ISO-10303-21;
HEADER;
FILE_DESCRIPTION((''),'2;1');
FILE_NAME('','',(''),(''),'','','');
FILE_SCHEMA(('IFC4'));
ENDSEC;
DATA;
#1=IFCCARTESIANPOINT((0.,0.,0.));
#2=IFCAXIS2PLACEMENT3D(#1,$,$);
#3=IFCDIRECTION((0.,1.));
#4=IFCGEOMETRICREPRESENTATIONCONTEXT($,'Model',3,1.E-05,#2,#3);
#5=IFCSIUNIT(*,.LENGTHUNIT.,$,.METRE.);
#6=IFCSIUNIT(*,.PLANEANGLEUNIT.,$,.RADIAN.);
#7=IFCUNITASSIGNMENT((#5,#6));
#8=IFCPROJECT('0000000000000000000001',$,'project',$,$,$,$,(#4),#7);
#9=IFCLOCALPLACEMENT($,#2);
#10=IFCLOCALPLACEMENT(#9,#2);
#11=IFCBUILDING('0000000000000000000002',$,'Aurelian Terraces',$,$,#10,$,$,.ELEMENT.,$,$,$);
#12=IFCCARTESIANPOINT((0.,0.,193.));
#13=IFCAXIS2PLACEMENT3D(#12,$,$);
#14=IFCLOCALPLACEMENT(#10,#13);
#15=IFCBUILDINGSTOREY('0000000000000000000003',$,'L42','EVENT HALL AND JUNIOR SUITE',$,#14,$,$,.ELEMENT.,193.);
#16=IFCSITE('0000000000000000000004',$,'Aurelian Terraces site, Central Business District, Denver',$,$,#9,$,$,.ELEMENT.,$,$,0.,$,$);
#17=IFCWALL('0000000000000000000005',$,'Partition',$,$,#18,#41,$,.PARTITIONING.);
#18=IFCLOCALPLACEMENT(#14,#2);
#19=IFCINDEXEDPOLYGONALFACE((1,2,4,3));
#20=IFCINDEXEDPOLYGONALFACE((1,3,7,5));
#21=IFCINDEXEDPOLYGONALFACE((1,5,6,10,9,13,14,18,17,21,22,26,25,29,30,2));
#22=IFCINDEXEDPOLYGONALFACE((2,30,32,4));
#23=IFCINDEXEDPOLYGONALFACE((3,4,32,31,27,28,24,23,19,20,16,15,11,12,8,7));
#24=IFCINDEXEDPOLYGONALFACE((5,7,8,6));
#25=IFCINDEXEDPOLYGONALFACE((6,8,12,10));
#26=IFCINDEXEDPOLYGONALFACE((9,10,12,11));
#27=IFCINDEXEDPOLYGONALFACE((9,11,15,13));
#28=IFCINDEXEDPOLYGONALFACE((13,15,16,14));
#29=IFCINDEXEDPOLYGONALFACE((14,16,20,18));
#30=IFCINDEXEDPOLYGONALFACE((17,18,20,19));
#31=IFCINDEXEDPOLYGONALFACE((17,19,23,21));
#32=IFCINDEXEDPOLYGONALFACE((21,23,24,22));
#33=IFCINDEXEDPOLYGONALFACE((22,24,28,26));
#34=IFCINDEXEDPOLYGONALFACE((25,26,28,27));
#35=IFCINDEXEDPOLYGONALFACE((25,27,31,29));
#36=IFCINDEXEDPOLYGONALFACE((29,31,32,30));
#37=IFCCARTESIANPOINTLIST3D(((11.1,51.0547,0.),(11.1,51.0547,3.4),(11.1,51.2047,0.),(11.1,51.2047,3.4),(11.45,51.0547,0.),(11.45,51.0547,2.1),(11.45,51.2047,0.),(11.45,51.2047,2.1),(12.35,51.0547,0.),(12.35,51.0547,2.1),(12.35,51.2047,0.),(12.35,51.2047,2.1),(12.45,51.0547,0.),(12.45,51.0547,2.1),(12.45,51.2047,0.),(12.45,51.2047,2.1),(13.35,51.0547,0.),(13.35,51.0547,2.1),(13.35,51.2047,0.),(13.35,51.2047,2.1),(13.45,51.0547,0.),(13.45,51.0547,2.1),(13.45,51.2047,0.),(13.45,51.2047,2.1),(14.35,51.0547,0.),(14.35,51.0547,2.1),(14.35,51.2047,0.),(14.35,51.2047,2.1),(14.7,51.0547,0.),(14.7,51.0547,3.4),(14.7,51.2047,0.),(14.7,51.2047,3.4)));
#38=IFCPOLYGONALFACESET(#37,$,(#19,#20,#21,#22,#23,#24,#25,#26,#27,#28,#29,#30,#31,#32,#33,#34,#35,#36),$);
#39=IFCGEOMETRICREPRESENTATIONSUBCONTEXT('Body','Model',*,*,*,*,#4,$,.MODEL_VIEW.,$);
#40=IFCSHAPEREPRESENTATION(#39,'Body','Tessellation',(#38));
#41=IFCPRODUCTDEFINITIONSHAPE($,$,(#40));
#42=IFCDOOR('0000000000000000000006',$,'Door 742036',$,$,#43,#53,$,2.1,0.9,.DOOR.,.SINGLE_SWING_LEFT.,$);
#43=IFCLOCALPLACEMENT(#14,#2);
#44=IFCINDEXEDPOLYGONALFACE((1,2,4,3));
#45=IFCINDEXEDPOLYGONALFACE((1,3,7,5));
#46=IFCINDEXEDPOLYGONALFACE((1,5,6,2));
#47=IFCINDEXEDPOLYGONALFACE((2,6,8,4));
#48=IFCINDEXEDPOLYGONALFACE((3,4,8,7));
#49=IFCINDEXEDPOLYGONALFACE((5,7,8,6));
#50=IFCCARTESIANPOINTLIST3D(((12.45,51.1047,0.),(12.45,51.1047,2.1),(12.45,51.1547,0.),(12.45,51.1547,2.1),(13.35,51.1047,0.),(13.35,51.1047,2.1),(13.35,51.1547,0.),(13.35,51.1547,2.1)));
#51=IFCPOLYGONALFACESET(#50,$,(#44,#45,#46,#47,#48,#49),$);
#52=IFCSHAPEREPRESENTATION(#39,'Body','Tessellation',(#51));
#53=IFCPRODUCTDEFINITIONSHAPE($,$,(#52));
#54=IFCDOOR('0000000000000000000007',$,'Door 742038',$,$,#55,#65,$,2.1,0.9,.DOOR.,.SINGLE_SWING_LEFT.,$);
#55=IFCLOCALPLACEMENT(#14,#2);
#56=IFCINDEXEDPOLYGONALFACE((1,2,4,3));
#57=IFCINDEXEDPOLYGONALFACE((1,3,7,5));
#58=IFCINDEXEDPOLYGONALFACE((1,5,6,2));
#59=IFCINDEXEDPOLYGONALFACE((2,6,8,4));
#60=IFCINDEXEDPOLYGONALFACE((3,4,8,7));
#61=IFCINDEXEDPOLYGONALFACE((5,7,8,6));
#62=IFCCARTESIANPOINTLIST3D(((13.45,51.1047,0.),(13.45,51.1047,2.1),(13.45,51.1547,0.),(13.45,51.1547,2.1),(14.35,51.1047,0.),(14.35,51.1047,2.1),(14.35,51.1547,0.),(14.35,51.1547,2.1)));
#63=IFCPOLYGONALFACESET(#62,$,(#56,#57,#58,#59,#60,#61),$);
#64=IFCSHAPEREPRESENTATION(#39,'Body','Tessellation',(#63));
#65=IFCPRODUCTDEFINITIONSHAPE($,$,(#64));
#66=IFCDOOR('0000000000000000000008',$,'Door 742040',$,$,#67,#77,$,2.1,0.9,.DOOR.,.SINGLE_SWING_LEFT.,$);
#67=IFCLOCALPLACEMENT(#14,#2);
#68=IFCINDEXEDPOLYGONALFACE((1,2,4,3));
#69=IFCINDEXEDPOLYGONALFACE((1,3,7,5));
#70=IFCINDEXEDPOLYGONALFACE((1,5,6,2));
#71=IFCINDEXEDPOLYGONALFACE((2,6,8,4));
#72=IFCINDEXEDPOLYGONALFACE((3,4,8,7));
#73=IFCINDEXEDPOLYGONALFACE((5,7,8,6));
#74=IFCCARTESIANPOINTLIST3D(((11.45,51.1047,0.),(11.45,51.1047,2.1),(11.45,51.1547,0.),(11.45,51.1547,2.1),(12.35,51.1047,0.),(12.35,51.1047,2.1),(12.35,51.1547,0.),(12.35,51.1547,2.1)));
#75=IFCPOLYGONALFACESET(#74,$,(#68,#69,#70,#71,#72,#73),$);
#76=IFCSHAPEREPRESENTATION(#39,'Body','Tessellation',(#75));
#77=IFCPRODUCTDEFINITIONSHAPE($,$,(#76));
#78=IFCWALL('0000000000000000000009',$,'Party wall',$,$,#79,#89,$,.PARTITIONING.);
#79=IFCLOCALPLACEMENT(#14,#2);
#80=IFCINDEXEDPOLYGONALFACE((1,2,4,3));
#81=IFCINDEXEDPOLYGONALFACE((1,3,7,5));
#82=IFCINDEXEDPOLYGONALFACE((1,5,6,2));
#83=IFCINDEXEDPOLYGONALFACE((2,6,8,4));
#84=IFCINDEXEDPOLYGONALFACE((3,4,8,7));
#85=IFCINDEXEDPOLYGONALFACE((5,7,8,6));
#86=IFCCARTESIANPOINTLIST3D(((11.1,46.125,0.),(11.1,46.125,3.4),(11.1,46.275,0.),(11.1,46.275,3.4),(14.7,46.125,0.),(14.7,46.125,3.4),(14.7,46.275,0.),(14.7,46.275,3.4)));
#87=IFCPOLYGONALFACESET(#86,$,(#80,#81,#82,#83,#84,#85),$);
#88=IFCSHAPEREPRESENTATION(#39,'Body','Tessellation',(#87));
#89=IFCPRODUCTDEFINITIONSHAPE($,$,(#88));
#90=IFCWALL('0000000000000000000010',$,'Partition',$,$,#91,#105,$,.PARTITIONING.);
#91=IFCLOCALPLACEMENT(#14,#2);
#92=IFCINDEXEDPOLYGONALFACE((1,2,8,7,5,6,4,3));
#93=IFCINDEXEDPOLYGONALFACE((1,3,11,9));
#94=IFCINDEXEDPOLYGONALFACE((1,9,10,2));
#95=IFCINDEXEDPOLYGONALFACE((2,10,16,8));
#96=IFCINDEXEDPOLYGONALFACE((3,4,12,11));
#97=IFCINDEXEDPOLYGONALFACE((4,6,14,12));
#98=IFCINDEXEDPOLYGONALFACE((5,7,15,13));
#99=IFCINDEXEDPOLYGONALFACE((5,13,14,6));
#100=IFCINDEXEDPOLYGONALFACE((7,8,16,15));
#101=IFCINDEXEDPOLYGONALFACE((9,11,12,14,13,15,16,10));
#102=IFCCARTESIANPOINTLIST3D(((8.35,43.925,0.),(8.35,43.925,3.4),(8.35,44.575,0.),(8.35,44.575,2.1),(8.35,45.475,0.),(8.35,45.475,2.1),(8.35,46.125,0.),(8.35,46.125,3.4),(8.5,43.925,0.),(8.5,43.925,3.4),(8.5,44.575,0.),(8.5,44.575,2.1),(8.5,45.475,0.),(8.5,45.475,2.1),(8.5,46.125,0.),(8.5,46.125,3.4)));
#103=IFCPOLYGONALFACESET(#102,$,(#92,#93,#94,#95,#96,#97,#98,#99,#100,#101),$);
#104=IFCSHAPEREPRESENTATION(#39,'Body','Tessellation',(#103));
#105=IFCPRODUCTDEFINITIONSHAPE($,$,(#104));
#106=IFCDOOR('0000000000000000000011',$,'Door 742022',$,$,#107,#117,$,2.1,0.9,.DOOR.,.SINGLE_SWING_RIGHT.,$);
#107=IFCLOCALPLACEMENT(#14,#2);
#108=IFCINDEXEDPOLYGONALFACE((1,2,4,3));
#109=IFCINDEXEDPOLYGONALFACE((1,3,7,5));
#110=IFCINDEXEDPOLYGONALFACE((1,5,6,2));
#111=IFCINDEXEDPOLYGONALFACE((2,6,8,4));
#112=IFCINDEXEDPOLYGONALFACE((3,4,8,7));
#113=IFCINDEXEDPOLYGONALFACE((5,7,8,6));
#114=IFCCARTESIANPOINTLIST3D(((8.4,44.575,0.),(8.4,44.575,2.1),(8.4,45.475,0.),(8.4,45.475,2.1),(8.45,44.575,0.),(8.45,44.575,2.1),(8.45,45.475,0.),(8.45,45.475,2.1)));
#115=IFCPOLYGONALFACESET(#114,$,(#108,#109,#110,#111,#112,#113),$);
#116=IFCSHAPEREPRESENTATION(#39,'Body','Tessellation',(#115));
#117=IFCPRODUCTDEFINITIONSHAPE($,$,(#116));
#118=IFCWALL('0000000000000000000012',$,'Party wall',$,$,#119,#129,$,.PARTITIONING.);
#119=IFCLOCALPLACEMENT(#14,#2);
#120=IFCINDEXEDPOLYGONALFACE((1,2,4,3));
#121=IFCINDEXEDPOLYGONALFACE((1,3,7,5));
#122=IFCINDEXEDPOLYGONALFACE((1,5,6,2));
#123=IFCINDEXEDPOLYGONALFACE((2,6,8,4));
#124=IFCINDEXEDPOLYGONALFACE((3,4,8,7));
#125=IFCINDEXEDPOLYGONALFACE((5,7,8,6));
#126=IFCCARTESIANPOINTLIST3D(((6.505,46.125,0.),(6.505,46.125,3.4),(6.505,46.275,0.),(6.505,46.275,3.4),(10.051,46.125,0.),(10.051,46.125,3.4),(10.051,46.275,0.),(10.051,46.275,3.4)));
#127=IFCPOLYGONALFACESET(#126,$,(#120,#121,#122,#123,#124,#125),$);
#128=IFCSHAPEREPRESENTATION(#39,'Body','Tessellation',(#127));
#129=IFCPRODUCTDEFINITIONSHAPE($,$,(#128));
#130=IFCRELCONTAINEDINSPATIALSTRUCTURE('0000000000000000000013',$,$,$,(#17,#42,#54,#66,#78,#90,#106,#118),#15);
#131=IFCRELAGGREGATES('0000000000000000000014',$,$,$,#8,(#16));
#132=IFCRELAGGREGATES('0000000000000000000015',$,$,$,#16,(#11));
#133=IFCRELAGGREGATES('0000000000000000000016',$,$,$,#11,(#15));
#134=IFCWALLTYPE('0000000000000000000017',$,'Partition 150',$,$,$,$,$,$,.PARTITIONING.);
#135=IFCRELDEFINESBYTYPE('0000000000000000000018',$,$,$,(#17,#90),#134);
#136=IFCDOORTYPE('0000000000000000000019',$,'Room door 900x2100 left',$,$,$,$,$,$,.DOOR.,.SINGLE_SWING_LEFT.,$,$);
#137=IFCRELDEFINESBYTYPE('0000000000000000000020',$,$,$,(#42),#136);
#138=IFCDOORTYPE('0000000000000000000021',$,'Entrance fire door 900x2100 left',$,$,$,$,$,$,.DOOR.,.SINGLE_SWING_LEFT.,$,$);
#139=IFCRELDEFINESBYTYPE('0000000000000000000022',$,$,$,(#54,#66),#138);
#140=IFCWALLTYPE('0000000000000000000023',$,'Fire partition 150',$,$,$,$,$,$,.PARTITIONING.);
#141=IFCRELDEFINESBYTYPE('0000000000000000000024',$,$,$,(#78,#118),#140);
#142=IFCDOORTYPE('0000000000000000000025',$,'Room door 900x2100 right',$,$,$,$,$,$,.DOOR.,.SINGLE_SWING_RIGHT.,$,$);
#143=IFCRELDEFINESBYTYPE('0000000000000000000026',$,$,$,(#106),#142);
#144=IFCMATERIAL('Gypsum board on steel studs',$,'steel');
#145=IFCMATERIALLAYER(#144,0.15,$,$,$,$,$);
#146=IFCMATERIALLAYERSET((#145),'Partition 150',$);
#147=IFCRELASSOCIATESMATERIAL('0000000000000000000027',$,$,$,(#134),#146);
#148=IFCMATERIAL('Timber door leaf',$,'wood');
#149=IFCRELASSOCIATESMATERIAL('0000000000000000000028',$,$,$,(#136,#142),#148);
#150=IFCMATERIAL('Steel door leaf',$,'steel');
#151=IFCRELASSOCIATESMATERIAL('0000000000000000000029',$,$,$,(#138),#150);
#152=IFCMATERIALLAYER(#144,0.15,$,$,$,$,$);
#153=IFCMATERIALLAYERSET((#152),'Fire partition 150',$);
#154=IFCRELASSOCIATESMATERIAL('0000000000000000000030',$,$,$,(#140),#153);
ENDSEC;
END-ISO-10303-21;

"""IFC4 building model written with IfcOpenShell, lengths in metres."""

from ifc_helpers import new_model, si_unit, direction, frame, frame_2d, origin, place, context, subcontext, project, spatial, rectangle, extrude, source, transform, mapped, material, layer, layer_set, type_object, element, fill, save


model = new_model("IFC4")

# Units and contexts
model_context = context("Model", 3, precision=1e-05, world=origin(), true_north=direction((0.0, 1.0)))
body_context = subcontext(model_context, "Body", "Model", "MODEL_VIEW")
ifc_project = project(units=[si_unit("LENGTHUNIT", "METRE"), si_unit("PLANEANGLEUNIT", "RADIAN")], contexts=[model_context])

# Site, building, storey
site_placement = place(None, origin())
site = spatial("IfcSite", under=ifc_project, at=site_placement, Name="Aurelian Terraces site, Central Business District, Denver", CompositionType="ELEMENT", RefElevation=0.0)
building_placement = place(site_placement, origin())
building = spatial("IfcBuilding", under=site, at=building_placement, Name="Aurelian Terraces", CompositionType="ELEMENT")
storey_placement = place(building_placement, frame((0.0, 0.0, 193.0)))
storey = spatial("IfcBuildingStorey", under=building, at=storey_placement, Name="L42", Description="EVENT HALL AND JUNIOR SUITE", CompositionType="ELEMENT", Elevation=193.0)

# Shared definitions
ifc_material_1 = material(Name="Gypsum board on steel studs", Category="steel")
ifc_layer_1 = layer(ifc_material_1, 0.15)
ifc_layer_set_1 = layer_set([ifc_layer_1], Name="Partition 150")
wall_type_1 = type_object("IfcWallType", Name="Partition 150", PredefinedType="PARTITIONING", material=ifc_layer_set_1)

# Shared definitions
shared_shape_1 = source(origin(), body_context, "Body", "SweptSolid", [
    extrude(rectangle(XDim=3.6, YDim=0.15, at=frame_2d((1.8, 0.0))), origin(), (0.0, 0.0, 1.0), 3.4),
])

# Wall, openings, doors
wall_1_placement = place(storey_placement, frame((14.7, 51.1297, 0.0), z_axis=(0.0, 0.0, 1.0), x_axis=(-1.0, 0.0, 0.0)))
wall_1 = element("IfcWall", 1, at=wall_1_placement, inside=storey, type_object=wall_type_1, Name="Partition", PredefinedType="PARTITIONING", context=body_context, shape_type="MappedRepresentation", body=[
    mapped(shared_shape_1, transform((0.0, 0.0, 0.0), scale=1.0)),
])
shared_shape_2 = source(origin(), body_context, "Body", "SweptSolid", [
    extrude(rectangle(XDim=0.9, YDim=2.1, at=frame_2d((0.45, 1.05))), frame((0.0, 0.085, 0.0), z_axis=(0.0, -1.0, 0.0), x_axis=(1.0, 0.0, 0.0)), (0.0, 0.0, 1.0), 0.17),
])
opening_1_placement = place(wall_1_placement, frame((1.35, 0.0, 0.0)))
opening_1 = element("IfcOpeningElement", 2, at=opening_1_placement, cuts=wall_1, PredefinedType="OPENING", context=body_context, shape_type="MappedRepresentation", body=[
    mapped(shared_shape_2, transform((0.0, 0.0, 0.0), scale=1.0)),
])
opening_2_placement = place(wall_1_placement, frame((0.35, 0.0, 0.0)))
opening_2 = element("IfcOpeningElement", 3, at=opening_2_placement, cuts=wall_1, PredefinedType="OPENING", context=body_context, shape_type="MappedRepresentation", body=[
    mapped(shared_shape_2, transform((0.0, 0.0, 0.0), scale=1.0)),
])
opening_3_placement = place(wall_1_placement, frame((2.35, 0.0, 0.0)))
opening_3 = element("IfcOpeningElement", 4, at=opening_3_placement, cuts=wall_1, PredefinedType="OPENING", context=body_context, shape_type="MappedRepresentation", body=[
    mapped(shared_shape_2, transform((0.0, 0.0, 0.0), scale=1.0)),
])
ifc_material_2 = material(Name="Timber door leaf", Category="wood")
door_type_1 = type_object("IfcDoorType", Name="Room door 900x2100 left", OperationType="SINGLE_SWING_LEFT", PredefinedType="DOOR", material=ifc_material_2)
shared_shape_3 = source(origin(), body_context, "Body", "SweptSolid", [
    extrude(rectangle(XDim=0.9, YDim=2.1, at=frame_2d((0.45, 1.05))), frame((0.0, 0.025, 0.0), z_axis=(0.0, -1.0, 0.0), x_axis=(1.0, 0.0, 0.0)), (0.0, 0.0, 1.0), 0.05),
])
door_1_placement = place(opening_1_placement, origin())
door_1 = element("IfcDoor", 5, at=door_1_placement, inside=storey, type_object=door_type_1, Name="Door 742036", OperationType="SINGLE_SWING_LEFT", OverallHeight=2.1, OverallWidth=0.9, PredefinedType="DOOR", context=body_context, shape_type="MappedRepresentation", body=[
    mapped(shared_shape_3, transform((0.0, 0.0, 0.0), scale=1.0)),
])
fill(opening_1, door_1)
ifc_material_3 = material(Name="Steel door leaf", Category="steel")
door_type_2 = type_object("IfcDoorType", Name="Entrance fire door 900x2100 left", OperationType="SINGLE_SWING_LEFT", PredefinedType="DOOR", material=ifc_material_3)
door_2_placement = place(opening_2_placement, origin())
door_2 = element("IfcDoor", 6, at=door_2_placement, inside=storey, type_object=door_type_2, Name="Door 742038", OperationType="SINGLE_SWING_LEFT", OverallHeight=2.1, OverallWidth=0.9, PredefinedType="DOOR", context=body_context, shape_type="MappedRepresentation", body=[
    mapped(shared_shape_3, transform((0.0, 0.0, 0.0), scale=1.0)),
])
fill(opening_2, door_2)
door_3_placement = place(opening_3_placement, origin())
door_3 = element("IfcDoor", 7, at=door_3_placement, inside=storey, type_object=door_type_2, Name="Door 742040", OperationType="SINGLE_SWING_LEFT", OverallHeight=2.1, OverallWidth=0.9, PredefinedType="DOOR", context=body_context, shape_type="MappedRepresentation", body=[
    mapped(shared_shape_3, transform((0.0, 0.0, 0.0), scale=1.0)),
])
fill(opening_3, door_3)

# Wall
ifc_layer_2 = layer(ifc_material_1, 0.15)
ifc_layer_set_2 = layer_set([ifc_layer_2], Name="Fire partition 150")
wall_type_2 = type_object("IfcWallType", Name="Fire partition 150", PredefinedType="PARTITIONING", material=ifc_layer_set_2)
wall_2_placement = place(storey_placement, frame((14.7, 46.2, 0.0), z_axis=(0.0, 0.0, 1.0), x_axis=(-1.0, 0.0, 0.0)))
element("IfcWall", 8, at=wall_2_placement, inside=storey, type_object=wall_type_2, Name="Party wall", PredefinedType="PARTITIONING", context=body_context, shape_type="MappedRepresentation", body=[
    mapped(shared_shape_1, transform((0.0, 0.0, 0.0), scale=1.0)),
])

# Wall, opening, door
shared_shape_4 = source(origin(), body_context, "Body", "SweptSolid", [
    extrude(rectangle(XDim=2.2, YDim=0.15, at=frame_2d((1.1, 0.0))), origin(), (0.0, 0.0, 1.0), 3.4),
])
wall_3_placement = place(storey_placement, frame((8.425, 43.925, 0.0), z_axis=(0.0, 0.0, 1.0), x_axis=(0.0, 1.0, 0.0)))
wall_3 = element("IfcWall", 9, at=wall_3_placement, inside=storey, type_object=wall_type_1, Name="Partition", PredefinedType="PARTITIONING", context=body_context, shape_type="MappedRepresentation", body=[
    mapped(shared_shape_4, transform((0.0, 0.0, 0.0), scale=1.0)),
])
opening_4_placement = place(wall_3_placement, frame((0.65, 0.0, 0.0)))
opening_4 = element("IfcOpeningElement", 10, at=opening_4_placement, cuts=wall_3, PredefinedType="OPENING", context=body_context, shape_type="MappedRepresentation", body=[
    mapped(shared_shape_2, transform((0.0, 0.0, 0.0), scale=1.0)),
])
door_type_3 = type_object("IfcDoorType", Name="Room door 900x2100 right", OperationType="SINGLE_SWING_RIGHT", PredefinedType="DOOR", material=ifc_material_2)
door_4_placement = place(opening_4_placement, origin())
door_4 = element("IfcDoor", 11, at=door_4_placement, inside=storey, type_object=door_type_3, Name="Door 742022", OperationType="SINGLE_SWING_RIGHT", OverallHeight=2.1, OverallWidth=0.9, PredefinedType="DOOR", context=body_context, shape_type="MappedRepresentation", body=[
    mapped(shared_shape_3, transform((0.0, 0.0, 0.0), scale=1.0)),
])
fill(opening_4, door_4)

# Wall
shared_shape_5 = source(origin(), body_context, "Body", "SweptSolid", [
    extrude(rectangle(XDim=3.546, YDim=0.15, at=frame_2d((1.773, 0.0))), origin(), (0.0, 0.0, 1.0), 3.4),
])
wall_4_placement = place(storey_placement, frame((10.051, 46.2, 0.0), z_axis=(0.0, 0.0, 1.0), x_axis=(-1.0, 0.0, 0.0)))
element("IfcWall", 12, at=wall_4_placement, inside=storey, type_object=wall_type_2, Name="Party wall", PredefinedType="PARTITIONING", context=body_context, shape_type="MappedRepresentation", body=[
    mapped(shared_shape_5, transform((0.0, 0.0, 0.0), scale=1.0)),
])

save(model, "model.ifc")
